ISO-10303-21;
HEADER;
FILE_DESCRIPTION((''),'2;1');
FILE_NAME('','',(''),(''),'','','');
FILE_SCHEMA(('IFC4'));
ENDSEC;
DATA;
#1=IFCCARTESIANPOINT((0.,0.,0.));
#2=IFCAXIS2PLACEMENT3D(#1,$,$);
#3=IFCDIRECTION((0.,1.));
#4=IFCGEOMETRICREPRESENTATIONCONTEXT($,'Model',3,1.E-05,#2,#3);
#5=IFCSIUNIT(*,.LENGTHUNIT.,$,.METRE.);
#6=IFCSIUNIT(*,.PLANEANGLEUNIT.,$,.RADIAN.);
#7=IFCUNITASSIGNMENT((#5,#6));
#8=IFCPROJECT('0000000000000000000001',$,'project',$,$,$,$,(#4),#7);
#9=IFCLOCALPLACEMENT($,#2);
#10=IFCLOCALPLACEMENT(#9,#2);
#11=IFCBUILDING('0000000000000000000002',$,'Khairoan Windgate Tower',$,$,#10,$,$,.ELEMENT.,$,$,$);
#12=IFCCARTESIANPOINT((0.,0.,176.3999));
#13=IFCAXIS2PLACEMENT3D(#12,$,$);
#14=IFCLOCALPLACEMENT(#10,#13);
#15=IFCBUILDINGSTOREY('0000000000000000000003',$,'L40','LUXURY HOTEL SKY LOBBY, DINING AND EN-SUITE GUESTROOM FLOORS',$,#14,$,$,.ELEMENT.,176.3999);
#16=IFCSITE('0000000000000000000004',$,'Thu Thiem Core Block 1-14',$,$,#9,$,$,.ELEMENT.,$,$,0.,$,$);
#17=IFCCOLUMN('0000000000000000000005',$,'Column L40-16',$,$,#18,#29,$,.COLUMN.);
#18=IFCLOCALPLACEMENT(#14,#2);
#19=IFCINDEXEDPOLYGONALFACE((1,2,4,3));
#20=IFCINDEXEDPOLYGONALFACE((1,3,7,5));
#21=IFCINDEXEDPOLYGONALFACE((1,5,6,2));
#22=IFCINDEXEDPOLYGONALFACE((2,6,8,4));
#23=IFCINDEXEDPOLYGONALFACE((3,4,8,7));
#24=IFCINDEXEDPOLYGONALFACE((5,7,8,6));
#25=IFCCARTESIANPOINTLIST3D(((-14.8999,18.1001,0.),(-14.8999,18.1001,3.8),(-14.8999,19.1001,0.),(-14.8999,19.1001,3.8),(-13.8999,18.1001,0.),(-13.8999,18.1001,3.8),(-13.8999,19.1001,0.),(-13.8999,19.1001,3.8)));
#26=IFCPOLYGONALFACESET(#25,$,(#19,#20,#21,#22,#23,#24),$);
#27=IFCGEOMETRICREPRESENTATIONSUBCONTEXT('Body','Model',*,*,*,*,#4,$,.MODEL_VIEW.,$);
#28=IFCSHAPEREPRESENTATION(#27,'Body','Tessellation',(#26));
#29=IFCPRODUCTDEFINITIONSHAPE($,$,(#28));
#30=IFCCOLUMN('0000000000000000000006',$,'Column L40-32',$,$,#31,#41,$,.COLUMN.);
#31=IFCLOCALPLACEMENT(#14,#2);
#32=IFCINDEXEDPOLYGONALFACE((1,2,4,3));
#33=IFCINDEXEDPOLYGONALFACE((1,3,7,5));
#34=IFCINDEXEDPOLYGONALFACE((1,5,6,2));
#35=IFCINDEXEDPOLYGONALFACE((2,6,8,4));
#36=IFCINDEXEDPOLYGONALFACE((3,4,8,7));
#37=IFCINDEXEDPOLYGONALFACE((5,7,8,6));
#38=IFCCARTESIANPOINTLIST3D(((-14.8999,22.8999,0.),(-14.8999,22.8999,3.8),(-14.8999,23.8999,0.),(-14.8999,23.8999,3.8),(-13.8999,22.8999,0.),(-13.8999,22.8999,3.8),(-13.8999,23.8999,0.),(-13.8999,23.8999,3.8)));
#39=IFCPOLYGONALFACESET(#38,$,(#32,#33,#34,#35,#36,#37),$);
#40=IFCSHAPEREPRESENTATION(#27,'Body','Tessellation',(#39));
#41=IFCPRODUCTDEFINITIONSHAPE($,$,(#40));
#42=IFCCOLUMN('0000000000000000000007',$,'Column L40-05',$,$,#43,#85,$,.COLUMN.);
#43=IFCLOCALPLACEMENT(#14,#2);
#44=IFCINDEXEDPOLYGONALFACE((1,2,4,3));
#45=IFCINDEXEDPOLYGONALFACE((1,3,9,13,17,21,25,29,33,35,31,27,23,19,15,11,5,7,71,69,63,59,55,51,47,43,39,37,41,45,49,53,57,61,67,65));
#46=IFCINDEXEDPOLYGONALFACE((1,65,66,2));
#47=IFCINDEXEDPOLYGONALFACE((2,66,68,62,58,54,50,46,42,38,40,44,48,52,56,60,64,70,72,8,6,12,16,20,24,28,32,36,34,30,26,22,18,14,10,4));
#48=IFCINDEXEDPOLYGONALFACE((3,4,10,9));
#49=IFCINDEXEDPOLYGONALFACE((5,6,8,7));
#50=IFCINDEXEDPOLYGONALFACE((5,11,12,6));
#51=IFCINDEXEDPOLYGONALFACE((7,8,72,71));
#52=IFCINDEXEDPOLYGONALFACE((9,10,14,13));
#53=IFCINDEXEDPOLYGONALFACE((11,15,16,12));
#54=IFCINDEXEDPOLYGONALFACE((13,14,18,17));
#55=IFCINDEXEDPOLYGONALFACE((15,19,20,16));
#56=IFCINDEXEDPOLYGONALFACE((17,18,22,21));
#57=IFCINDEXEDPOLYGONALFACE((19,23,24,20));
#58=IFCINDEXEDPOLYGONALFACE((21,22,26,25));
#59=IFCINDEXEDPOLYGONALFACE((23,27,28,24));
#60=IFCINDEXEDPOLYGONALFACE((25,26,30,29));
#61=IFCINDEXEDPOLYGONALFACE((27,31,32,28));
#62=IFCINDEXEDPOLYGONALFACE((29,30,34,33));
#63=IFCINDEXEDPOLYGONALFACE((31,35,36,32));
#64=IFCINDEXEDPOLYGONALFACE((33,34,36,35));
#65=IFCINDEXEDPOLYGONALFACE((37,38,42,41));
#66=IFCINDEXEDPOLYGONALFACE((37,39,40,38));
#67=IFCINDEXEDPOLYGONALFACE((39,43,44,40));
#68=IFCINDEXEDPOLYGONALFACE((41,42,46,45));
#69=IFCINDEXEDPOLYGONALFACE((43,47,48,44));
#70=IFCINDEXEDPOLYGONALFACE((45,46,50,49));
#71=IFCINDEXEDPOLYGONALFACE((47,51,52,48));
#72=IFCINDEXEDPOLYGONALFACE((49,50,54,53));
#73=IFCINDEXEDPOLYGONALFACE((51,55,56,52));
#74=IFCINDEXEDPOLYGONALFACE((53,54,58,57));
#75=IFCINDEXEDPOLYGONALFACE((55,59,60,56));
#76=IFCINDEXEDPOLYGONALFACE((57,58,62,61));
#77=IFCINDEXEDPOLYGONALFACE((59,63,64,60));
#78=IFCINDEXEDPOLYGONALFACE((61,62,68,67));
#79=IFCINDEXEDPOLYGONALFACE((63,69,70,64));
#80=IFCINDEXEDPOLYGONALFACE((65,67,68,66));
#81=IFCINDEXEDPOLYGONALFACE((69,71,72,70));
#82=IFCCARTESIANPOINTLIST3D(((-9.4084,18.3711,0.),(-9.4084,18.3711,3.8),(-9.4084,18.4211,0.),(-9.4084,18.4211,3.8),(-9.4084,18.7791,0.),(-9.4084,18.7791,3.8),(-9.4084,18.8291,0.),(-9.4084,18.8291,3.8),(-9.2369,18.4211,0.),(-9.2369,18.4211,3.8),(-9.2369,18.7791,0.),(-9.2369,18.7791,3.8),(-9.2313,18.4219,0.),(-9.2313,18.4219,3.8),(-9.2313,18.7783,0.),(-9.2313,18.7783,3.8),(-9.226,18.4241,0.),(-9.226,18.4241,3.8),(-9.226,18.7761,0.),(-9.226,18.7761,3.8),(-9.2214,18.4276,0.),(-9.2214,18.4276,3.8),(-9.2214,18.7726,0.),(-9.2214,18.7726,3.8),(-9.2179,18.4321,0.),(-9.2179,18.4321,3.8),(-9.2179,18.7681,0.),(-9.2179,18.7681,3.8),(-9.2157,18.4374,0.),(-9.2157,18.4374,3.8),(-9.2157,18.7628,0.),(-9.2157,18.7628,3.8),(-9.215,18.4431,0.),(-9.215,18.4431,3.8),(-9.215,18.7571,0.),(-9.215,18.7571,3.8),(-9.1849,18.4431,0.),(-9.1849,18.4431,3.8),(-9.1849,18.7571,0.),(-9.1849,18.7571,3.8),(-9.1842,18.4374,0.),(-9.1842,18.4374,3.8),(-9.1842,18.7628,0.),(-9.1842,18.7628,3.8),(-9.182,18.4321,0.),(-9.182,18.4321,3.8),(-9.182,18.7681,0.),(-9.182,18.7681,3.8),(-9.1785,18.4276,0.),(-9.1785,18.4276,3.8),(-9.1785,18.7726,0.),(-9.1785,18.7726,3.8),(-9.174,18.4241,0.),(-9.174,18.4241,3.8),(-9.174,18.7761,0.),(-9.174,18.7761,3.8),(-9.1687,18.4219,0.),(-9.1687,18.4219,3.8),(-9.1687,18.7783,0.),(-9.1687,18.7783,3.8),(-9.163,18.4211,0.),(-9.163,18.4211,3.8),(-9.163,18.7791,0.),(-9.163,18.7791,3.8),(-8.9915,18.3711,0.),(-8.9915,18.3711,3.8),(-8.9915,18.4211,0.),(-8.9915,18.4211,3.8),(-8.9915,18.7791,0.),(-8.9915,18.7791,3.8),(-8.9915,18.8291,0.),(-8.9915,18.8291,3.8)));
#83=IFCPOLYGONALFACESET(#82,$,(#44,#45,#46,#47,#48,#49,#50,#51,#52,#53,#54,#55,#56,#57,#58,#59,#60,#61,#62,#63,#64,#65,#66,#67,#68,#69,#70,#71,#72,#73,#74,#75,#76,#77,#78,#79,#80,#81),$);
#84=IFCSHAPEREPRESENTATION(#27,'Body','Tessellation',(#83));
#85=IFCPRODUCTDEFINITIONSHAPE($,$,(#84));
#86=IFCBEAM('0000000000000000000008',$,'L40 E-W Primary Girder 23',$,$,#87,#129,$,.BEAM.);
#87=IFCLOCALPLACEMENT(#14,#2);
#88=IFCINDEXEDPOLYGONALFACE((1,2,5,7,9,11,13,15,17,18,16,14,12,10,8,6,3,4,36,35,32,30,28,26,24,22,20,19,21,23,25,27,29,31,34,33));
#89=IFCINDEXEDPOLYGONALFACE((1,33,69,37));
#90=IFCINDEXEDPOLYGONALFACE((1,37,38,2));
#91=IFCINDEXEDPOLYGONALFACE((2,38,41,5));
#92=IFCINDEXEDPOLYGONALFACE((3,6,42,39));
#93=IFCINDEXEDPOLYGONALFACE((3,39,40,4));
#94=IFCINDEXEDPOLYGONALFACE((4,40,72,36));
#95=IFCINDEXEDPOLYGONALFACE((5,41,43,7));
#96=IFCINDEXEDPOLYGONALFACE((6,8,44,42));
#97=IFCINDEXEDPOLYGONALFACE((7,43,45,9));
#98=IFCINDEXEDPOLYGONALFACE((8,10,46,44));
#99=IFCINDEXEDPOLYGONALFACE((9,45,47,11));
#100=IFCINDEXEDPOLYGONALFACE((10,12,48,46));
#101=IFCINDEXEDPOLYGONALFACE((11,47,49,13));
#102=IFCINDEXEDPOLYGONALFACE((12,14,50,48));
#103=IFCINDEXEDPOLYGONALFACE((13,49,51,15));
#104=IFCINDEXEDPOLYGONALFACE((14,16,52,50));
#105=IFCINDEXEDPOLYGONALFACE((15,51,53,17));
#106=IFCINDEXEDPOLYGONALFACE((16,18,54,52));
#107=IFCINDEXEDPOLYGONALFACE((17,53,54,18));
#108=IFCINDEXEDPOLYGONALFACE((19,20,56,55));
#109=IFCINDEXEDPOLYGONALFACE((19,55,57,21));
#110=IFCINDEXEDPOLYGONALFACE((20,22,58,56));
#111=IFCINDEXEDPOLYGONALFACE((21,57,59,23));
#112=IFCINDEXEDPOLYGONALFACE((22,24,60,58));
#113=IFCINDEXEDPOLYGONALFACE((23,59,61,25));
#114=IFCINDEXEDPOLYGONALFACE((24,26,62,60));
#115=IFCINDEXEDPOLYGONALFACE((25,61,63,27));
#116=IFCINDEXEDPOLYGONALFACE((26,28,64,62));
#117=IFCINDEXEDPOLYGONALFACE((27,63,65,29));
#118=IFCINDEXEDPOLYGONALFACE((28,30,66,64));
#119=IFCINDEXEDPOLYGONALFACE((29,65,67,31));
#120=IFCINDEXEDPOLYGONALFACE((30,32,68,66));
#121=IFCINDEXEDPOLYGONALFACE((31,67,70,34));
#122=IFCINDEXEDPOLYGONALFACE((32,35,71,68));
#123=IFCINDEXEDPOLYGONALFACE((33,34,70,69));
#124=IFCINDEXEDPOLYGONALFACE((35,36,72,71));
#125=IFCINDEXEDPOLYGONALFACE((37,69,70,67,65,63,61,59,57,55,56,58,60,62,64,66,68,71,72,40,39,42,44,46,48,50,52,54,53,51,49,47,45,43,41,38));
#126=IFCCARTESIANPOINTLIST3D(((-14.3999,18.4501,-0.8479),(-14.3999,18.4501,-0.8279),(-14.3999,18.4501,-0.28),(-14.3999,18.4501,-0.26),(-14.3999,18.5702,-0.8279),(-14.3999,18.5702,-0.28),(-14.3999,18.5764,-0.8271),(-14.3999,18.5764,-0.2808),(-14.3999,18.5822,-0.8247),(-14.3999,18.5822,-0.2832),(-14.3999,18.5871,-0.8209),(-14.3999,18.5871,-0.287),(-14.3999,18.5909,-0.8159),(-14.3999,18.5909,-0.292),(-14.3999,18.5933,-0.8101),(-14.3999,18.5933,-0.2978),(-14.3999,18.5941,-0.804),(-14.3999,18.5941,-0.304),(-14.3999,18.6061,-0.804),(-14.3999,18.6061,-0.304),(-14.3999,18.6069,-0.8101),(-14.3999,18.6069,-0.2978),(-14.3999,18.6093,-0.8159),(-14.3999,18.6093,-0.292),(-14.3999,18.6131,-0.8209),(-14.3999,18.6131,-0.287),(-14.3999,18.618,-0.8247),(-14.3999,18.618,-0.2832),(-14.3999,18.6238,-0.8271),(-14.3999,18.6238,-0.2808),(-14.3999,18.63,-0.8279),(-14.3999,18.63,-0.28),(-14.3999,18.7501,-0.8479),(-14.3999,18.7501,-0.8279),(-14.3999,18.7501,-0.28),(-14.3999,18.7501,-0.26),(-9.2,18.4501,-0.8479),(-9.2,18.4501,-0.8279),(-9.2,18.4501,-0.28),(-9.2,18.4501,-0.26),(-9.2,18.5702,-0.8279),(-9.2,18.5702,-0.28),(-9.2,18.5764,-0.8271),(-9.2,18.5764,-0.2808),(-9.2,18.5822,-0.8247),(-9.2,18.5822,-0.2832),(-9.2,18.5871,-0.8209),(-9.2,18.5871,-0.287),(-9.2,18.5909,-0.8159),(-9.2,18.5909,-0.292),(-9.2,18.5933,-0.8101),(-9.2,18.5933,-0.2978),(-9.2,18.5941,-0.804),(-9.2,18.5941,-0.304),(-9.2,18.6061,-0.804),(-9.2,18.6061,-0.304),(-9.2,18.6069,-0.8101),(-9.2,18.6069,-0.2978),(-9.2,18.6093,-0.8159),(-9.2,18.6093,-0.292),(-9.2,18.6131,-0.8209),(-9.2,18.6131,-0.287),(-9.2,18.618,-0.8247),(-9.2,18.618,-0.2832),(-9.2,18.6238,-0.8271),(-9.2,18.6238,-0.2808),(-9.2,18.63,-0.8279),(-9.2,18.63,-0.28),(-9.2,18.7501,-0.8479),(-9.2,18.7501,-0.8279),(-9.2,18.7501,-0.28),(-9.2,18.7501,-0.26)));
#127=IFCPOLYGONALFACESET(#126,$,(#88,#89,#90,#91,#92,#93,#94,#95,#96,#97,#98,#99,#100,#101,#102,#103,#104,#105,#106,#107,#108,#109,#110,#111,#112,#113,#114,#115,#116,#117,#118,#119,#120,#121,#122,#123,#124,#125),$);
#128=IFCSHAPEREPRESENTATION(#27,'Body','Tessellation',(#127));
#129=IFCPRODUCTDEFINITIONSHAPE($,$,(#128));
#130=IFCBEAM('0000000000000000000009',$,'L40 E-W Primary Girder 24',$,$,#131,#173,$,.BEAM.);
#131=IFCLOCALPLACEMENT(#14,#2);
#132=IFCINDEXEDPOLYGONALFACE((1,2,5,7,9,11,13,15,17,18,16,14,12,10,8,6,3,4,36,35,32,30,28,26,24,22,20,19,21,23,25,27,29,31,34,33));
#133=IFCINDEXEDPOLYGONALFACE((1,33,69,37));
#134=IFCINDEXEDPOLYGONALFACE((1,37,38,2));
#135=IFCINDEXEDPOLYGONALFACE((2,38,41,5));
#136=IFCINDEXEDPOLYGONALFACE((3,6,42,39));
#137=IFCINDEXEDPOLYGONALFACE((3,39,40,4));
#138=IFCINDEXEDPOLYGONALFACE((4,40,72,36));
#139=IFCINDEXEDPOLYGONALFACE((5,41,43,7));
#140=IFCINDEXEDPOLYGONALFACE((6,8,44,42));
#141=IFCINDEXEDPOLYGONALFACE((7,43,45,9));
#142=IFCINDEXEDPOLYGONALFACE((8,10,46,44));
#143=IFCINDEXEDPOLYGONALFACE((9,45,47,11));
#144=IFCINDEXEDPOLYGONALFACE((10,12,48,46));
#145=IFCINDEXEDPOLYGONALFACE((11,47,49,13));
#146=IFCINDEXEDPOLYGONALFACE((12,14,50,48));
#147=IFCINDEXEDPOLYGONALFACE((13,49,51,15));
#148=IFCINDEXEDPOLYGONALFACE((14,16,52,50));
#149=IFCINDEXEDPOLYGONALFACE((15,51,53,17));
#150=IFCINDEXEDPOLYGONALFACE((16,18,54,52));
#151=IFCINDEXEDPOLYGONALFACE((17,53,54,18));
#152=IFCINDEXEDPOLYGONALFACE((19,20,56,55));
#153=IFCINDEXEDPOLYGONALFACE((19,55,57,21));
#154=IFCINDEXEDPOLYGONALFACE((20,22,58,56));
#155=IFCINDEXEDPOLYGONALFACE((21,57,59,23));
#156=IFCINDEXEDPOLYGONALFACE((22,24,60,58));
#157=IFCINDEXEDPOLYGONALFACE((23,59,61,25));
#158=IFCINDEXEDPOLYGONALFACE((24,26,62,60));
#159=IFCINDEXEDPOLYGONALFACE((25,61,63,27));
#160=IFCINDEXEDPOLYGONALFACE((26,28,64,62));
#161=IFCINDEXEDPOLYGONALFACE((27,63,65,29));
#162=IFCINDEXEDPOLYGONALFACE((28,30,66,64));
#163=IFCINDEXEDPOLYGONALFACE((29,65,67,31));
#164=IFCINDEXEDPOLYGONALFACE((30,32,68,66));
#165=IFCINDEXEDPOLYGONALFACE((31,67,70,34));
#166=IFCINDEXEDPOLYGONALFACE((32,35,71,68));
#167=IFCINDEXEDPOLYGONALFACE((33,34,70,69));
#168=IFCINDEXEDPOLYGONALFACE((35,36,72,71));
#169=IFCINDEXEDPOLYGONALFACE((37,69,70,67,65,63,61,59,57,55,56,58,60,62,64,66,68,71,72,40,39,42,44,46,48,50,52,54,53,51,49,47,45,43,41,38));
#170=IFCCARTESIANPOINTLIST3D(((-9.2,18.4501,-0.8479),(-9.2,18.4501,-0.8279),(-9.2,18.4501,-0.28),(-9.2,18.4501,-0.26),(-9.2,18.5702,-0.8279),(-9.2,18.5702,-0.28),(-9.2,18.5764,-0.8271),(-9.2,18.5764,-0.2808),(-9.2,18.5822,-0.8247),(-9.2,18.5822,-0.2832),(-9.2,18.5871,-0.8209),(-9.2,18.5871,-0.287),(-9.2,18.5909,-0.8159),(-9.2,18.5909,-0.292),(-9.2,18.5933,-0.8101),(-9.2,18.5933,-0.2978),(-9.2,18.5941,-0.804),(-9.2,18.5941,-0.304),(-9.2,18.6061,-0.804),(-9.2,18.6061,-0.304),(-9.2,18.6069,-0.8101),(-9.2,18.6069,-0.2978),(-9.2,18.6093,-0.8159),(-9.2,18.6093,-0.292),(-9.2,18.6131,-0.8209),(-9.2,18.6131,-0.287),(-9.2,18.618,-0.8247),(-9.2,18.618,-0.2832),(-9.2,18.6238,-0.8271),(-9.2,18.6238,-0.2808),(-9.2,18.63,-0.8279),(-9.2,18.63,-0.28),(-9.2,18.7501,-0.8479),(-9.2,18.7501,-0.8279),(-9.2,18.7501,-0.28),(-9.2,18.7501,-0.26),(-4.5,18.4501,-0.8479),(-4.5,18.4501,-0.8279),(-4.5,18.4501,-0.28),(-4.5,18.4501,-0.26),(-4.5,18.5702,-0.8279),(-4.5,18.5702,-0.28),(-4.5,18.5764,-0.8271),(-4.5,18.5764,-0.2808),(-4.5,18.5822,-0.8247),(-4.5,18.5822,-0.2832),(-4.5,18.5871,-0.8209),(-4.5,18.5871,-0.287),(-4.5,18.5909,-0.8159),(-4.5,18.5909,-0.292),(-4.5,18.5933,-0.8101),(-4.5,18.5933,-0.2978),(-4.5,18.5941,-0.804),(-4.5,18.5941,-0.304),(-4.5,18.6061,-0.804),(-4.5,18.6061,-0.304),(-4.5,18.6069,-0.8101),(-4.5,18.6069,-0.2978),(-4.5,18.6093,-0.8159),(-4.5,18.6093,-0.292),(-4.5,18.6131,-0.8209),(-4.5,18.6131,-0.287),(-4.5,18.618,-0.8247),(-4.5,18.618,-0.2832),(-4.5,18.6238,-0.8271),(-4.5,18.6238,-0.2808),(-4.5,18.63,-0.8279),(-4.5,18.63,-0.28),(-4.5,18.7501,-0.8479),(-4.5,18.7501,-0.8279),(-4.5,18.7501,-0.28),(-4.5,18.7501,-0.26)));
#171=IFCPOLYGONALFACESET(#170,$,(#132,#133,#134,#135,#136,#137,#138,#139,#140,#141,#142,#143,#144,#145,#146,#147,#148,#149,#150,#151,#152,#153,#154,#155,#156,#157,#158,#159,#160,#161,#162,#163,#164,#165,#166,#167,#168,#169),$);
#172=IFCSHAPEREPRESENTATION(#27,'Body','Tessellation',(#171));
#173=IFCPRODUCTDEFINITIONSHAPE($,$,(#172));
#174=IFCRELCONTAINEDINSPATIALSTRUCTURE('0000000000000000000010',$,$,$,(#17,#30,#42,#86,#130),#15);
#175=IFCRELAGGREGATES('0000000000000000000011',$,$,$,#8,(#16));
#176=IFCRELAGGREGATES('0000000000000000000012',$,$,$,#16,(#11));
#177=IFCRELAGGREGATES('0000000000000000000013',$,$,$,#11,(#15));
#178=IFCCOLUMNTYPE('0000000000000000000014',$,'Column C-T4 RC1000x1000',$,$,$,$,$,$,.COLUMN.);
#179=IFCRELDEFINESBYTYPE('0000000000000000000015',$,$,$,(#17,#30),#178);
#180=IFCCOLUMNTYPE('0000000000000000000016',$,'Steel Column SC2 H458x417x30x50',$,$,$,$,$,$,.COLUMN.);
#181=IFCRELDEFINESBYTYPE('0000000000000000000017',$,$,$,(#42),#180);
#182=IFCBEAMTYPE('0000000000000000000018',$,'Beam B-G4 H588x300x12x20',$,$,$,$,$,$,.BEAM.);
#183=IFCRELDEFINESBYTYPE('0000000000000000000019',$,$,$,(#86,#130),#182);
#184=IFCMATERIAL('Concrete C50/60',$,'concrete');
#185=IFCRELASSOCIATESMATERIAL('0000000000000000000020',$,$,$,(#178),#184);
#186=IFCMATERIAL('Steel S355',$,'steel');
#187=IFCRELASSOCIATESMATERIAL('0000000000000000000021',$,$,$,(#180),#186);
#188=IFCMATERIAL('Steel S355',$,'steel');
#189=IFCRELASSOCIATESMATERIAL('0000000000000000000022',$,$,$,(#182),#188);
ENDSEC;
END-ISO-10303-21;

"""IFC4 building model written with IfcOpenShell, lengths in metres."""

from ifc_helpers import new_model, si_unit, direction, frame, origin, origin_2d, place, context, subcontext, project, spatial, rectangle, i_section, extrude, material, material_profile, profile_set, type_object, element, save


model = new_model("IFC4")

# Units and contexts
model_context = context("Model", 3, precision=1e-05, world=origin(), true_north=direction((0.0, 1.0)))
body_context = subcontext(model_context, "Body", "Model", "MODEL_VIEW")
ifc_project = project(units=[si_unit("LENGTHUNIT", "METRE"), si_unit("PLANEANGLEUNIT", "RADIAN")], contexts=[model_context])

# Site, building, storey
site_placement = place(None, origin())
site = spatial("IfcSite", under=ifc_project, at=site_placement, Name="Thu Thiem Core Block 1-14", CompositionType="ELEMENT", RefElevation=0.0)
building_placement = place(site_placement, origin())
building = spatial("IfcBuilding", under=site, at=building_placement, Name="Khairoan Windgate Tower", CompositionType="ELEMENT")
storey_placement = place(building_placement, frame((0.0, 0.0, 176.3999)))
storey = spatial("IfcBuildingStorey", under=building, at=storey_placement, Name="L40", Description="LUXURY HOTEL SKY LOBBY, DINING AND EN-SUITE GUESTROOM FLOORS", CompositionType="ELEMENT", Elevation=176.3999)

# Columns
ifc_material_1 = material(Name="Concrete C50/60", Category="concrete")
ifc_material_profile_1 = material_profile(ifc_material_1, rectangle(XDim=1.0, YDim=1.0, at=origin_2d()))
ifc_profile_set_1 = profile_set([ifc_material_profile_1], Name="Concrete C50/60")
column_type_1 = type_object("IfcColumnType", Name="Column C-T4 RC1000x1000", PredefinedType="COLUMN", material=ifc_profile_set_1)
for number, where, z_axis, x_axis, name in (
    (1, (-14.3999, 18.6001, 0.0), (0.0, 0.0, 1.0), (1.0, 0.0, 0.0), "Column L40-16"),
    (2, (-14.3999, 23.3999, 0.0), (0.0, 0.0, 1.0), (1.0, 0.0, 0.0), "Column L40-32"),
):
    element("IfcColumn", number, at=place(storey_placement, frame(where, z_axis=z_axis, x_axis=x_axis)), inside=storey, type_object=column_type_1, Name=name, PredefinedType="COLUMN", context=body_context, shape_type="SweptSolid", body=[
        extrude(rectangle(XDim=1.0, YDim=1.0, at=origin_2d()), origin(), (0.0, 0.0, 1.0), 3.8),
    ])
ifc_material_2 = material(Name="Steel S355", Category="steel")
ifc_material_profile_2 = material_profile(ifc_material_2, i_section(OverallWidth=0.417, OverallDepth=0.458, WebThickness=0.03, FlangeThickness=0.05, FilletRadius=0.022, at=origin_2d()))
ifc_profile_set_2 = profile_set([ifc_material_profile_2], Name="Steel S355")
column_type_2 = type_object("IfcColumnType", Name="Steel Column SC2 H458x417x30x50", PredefinedType="COLUMN", material=ifc_profile_set_2)
column_placement = place(storey_placement, frame((-9.2, 18.6001, 0.0), z_axis=(0.0, 0.0, 1.0), x_axis=(1.0, 0.0, 0.0)))
element("IfcColumn", 3, at=column_placement, inside=storey, type_object=column_type_2, Name="Column L40-05", PredefinedType="COLUMN", context=body_context, shape_type="SweptSolid", body=[
    extrude(i_section(OverallWidth=0.417, OverallDepth=0.458, WebThickness=0.03, FlangeThickness=0.05, FilletRadius=0.022, at=origin_2d()), origin(), (0.0, 0.0, 1.0), 3.8),
])

# Beams
ifc_material_3 = material(Name="Steel S355", Category="steel")
ifc_material_profile_3 = material_profile(ifc_material_3, i_section(OverallWidth=0.3, OverallDepth=0.5879, WebThickness=0.012, FlangeThickness=0.02, FilletRadius=0.0239, at=origin_2d()))
ifc_profile_set_3 = profile_set([ifc_material_profile_3], Name="Steel S355")
beam_type = type_object("IfcBeamType", Name="Beam B-G4 H588x300x12x20", PredefinedType="BEAM", material=ifc_profile_set_3)
beam_1_placement = place(storey_placement, frame((-14.3999, 18.6001, -0.554), z_axis=(1.0, 0.0, 0.0), x_axis=(0.0, 1.0, 0.0)))
element("IfcBeam", 4, at=beam_1_placement, inside=storey, type_object=beam_type, Name="L40 E-W Primary Girder 23", PredefinedType="BEAM", context=body_context, shape_type="SweptSolid", body=[
    extrude(i_section(OverallWidth=0.3, OverallDepth=0.5879, WebThickness=0.012, FlangeThickness=0.02, FilletRadius=0.0239, at=origin_2d()), origin(), (0.0, 0.0, 1.0), 5.2),
])
beam_2_placement = place(storey_placement, frame((-9.2, 18.6001, -0.554), z_axis=(1.0, 0.0, 0.0), x_axis=(0.0, 1.0, 0.0)))
element("IfcBeam", 5, at=beam_2_placement, inside=storey, type_object=beam_type, Name="L40 E-W Primary Girder 24", PredefinedType="BEAM", context=body_context, shape_type="SweptSolid", body=[
    extrude(i_section(OverallWidth=0.3, OverallDepth=0.5879, WebThickness=0.012, FlangeThickness=0.02, FilletRadius=0.0239, at=origin_2d()), origin(), (0.0, 0.0, 1.0), 4.7),
])

save(model, "model.ifc")
